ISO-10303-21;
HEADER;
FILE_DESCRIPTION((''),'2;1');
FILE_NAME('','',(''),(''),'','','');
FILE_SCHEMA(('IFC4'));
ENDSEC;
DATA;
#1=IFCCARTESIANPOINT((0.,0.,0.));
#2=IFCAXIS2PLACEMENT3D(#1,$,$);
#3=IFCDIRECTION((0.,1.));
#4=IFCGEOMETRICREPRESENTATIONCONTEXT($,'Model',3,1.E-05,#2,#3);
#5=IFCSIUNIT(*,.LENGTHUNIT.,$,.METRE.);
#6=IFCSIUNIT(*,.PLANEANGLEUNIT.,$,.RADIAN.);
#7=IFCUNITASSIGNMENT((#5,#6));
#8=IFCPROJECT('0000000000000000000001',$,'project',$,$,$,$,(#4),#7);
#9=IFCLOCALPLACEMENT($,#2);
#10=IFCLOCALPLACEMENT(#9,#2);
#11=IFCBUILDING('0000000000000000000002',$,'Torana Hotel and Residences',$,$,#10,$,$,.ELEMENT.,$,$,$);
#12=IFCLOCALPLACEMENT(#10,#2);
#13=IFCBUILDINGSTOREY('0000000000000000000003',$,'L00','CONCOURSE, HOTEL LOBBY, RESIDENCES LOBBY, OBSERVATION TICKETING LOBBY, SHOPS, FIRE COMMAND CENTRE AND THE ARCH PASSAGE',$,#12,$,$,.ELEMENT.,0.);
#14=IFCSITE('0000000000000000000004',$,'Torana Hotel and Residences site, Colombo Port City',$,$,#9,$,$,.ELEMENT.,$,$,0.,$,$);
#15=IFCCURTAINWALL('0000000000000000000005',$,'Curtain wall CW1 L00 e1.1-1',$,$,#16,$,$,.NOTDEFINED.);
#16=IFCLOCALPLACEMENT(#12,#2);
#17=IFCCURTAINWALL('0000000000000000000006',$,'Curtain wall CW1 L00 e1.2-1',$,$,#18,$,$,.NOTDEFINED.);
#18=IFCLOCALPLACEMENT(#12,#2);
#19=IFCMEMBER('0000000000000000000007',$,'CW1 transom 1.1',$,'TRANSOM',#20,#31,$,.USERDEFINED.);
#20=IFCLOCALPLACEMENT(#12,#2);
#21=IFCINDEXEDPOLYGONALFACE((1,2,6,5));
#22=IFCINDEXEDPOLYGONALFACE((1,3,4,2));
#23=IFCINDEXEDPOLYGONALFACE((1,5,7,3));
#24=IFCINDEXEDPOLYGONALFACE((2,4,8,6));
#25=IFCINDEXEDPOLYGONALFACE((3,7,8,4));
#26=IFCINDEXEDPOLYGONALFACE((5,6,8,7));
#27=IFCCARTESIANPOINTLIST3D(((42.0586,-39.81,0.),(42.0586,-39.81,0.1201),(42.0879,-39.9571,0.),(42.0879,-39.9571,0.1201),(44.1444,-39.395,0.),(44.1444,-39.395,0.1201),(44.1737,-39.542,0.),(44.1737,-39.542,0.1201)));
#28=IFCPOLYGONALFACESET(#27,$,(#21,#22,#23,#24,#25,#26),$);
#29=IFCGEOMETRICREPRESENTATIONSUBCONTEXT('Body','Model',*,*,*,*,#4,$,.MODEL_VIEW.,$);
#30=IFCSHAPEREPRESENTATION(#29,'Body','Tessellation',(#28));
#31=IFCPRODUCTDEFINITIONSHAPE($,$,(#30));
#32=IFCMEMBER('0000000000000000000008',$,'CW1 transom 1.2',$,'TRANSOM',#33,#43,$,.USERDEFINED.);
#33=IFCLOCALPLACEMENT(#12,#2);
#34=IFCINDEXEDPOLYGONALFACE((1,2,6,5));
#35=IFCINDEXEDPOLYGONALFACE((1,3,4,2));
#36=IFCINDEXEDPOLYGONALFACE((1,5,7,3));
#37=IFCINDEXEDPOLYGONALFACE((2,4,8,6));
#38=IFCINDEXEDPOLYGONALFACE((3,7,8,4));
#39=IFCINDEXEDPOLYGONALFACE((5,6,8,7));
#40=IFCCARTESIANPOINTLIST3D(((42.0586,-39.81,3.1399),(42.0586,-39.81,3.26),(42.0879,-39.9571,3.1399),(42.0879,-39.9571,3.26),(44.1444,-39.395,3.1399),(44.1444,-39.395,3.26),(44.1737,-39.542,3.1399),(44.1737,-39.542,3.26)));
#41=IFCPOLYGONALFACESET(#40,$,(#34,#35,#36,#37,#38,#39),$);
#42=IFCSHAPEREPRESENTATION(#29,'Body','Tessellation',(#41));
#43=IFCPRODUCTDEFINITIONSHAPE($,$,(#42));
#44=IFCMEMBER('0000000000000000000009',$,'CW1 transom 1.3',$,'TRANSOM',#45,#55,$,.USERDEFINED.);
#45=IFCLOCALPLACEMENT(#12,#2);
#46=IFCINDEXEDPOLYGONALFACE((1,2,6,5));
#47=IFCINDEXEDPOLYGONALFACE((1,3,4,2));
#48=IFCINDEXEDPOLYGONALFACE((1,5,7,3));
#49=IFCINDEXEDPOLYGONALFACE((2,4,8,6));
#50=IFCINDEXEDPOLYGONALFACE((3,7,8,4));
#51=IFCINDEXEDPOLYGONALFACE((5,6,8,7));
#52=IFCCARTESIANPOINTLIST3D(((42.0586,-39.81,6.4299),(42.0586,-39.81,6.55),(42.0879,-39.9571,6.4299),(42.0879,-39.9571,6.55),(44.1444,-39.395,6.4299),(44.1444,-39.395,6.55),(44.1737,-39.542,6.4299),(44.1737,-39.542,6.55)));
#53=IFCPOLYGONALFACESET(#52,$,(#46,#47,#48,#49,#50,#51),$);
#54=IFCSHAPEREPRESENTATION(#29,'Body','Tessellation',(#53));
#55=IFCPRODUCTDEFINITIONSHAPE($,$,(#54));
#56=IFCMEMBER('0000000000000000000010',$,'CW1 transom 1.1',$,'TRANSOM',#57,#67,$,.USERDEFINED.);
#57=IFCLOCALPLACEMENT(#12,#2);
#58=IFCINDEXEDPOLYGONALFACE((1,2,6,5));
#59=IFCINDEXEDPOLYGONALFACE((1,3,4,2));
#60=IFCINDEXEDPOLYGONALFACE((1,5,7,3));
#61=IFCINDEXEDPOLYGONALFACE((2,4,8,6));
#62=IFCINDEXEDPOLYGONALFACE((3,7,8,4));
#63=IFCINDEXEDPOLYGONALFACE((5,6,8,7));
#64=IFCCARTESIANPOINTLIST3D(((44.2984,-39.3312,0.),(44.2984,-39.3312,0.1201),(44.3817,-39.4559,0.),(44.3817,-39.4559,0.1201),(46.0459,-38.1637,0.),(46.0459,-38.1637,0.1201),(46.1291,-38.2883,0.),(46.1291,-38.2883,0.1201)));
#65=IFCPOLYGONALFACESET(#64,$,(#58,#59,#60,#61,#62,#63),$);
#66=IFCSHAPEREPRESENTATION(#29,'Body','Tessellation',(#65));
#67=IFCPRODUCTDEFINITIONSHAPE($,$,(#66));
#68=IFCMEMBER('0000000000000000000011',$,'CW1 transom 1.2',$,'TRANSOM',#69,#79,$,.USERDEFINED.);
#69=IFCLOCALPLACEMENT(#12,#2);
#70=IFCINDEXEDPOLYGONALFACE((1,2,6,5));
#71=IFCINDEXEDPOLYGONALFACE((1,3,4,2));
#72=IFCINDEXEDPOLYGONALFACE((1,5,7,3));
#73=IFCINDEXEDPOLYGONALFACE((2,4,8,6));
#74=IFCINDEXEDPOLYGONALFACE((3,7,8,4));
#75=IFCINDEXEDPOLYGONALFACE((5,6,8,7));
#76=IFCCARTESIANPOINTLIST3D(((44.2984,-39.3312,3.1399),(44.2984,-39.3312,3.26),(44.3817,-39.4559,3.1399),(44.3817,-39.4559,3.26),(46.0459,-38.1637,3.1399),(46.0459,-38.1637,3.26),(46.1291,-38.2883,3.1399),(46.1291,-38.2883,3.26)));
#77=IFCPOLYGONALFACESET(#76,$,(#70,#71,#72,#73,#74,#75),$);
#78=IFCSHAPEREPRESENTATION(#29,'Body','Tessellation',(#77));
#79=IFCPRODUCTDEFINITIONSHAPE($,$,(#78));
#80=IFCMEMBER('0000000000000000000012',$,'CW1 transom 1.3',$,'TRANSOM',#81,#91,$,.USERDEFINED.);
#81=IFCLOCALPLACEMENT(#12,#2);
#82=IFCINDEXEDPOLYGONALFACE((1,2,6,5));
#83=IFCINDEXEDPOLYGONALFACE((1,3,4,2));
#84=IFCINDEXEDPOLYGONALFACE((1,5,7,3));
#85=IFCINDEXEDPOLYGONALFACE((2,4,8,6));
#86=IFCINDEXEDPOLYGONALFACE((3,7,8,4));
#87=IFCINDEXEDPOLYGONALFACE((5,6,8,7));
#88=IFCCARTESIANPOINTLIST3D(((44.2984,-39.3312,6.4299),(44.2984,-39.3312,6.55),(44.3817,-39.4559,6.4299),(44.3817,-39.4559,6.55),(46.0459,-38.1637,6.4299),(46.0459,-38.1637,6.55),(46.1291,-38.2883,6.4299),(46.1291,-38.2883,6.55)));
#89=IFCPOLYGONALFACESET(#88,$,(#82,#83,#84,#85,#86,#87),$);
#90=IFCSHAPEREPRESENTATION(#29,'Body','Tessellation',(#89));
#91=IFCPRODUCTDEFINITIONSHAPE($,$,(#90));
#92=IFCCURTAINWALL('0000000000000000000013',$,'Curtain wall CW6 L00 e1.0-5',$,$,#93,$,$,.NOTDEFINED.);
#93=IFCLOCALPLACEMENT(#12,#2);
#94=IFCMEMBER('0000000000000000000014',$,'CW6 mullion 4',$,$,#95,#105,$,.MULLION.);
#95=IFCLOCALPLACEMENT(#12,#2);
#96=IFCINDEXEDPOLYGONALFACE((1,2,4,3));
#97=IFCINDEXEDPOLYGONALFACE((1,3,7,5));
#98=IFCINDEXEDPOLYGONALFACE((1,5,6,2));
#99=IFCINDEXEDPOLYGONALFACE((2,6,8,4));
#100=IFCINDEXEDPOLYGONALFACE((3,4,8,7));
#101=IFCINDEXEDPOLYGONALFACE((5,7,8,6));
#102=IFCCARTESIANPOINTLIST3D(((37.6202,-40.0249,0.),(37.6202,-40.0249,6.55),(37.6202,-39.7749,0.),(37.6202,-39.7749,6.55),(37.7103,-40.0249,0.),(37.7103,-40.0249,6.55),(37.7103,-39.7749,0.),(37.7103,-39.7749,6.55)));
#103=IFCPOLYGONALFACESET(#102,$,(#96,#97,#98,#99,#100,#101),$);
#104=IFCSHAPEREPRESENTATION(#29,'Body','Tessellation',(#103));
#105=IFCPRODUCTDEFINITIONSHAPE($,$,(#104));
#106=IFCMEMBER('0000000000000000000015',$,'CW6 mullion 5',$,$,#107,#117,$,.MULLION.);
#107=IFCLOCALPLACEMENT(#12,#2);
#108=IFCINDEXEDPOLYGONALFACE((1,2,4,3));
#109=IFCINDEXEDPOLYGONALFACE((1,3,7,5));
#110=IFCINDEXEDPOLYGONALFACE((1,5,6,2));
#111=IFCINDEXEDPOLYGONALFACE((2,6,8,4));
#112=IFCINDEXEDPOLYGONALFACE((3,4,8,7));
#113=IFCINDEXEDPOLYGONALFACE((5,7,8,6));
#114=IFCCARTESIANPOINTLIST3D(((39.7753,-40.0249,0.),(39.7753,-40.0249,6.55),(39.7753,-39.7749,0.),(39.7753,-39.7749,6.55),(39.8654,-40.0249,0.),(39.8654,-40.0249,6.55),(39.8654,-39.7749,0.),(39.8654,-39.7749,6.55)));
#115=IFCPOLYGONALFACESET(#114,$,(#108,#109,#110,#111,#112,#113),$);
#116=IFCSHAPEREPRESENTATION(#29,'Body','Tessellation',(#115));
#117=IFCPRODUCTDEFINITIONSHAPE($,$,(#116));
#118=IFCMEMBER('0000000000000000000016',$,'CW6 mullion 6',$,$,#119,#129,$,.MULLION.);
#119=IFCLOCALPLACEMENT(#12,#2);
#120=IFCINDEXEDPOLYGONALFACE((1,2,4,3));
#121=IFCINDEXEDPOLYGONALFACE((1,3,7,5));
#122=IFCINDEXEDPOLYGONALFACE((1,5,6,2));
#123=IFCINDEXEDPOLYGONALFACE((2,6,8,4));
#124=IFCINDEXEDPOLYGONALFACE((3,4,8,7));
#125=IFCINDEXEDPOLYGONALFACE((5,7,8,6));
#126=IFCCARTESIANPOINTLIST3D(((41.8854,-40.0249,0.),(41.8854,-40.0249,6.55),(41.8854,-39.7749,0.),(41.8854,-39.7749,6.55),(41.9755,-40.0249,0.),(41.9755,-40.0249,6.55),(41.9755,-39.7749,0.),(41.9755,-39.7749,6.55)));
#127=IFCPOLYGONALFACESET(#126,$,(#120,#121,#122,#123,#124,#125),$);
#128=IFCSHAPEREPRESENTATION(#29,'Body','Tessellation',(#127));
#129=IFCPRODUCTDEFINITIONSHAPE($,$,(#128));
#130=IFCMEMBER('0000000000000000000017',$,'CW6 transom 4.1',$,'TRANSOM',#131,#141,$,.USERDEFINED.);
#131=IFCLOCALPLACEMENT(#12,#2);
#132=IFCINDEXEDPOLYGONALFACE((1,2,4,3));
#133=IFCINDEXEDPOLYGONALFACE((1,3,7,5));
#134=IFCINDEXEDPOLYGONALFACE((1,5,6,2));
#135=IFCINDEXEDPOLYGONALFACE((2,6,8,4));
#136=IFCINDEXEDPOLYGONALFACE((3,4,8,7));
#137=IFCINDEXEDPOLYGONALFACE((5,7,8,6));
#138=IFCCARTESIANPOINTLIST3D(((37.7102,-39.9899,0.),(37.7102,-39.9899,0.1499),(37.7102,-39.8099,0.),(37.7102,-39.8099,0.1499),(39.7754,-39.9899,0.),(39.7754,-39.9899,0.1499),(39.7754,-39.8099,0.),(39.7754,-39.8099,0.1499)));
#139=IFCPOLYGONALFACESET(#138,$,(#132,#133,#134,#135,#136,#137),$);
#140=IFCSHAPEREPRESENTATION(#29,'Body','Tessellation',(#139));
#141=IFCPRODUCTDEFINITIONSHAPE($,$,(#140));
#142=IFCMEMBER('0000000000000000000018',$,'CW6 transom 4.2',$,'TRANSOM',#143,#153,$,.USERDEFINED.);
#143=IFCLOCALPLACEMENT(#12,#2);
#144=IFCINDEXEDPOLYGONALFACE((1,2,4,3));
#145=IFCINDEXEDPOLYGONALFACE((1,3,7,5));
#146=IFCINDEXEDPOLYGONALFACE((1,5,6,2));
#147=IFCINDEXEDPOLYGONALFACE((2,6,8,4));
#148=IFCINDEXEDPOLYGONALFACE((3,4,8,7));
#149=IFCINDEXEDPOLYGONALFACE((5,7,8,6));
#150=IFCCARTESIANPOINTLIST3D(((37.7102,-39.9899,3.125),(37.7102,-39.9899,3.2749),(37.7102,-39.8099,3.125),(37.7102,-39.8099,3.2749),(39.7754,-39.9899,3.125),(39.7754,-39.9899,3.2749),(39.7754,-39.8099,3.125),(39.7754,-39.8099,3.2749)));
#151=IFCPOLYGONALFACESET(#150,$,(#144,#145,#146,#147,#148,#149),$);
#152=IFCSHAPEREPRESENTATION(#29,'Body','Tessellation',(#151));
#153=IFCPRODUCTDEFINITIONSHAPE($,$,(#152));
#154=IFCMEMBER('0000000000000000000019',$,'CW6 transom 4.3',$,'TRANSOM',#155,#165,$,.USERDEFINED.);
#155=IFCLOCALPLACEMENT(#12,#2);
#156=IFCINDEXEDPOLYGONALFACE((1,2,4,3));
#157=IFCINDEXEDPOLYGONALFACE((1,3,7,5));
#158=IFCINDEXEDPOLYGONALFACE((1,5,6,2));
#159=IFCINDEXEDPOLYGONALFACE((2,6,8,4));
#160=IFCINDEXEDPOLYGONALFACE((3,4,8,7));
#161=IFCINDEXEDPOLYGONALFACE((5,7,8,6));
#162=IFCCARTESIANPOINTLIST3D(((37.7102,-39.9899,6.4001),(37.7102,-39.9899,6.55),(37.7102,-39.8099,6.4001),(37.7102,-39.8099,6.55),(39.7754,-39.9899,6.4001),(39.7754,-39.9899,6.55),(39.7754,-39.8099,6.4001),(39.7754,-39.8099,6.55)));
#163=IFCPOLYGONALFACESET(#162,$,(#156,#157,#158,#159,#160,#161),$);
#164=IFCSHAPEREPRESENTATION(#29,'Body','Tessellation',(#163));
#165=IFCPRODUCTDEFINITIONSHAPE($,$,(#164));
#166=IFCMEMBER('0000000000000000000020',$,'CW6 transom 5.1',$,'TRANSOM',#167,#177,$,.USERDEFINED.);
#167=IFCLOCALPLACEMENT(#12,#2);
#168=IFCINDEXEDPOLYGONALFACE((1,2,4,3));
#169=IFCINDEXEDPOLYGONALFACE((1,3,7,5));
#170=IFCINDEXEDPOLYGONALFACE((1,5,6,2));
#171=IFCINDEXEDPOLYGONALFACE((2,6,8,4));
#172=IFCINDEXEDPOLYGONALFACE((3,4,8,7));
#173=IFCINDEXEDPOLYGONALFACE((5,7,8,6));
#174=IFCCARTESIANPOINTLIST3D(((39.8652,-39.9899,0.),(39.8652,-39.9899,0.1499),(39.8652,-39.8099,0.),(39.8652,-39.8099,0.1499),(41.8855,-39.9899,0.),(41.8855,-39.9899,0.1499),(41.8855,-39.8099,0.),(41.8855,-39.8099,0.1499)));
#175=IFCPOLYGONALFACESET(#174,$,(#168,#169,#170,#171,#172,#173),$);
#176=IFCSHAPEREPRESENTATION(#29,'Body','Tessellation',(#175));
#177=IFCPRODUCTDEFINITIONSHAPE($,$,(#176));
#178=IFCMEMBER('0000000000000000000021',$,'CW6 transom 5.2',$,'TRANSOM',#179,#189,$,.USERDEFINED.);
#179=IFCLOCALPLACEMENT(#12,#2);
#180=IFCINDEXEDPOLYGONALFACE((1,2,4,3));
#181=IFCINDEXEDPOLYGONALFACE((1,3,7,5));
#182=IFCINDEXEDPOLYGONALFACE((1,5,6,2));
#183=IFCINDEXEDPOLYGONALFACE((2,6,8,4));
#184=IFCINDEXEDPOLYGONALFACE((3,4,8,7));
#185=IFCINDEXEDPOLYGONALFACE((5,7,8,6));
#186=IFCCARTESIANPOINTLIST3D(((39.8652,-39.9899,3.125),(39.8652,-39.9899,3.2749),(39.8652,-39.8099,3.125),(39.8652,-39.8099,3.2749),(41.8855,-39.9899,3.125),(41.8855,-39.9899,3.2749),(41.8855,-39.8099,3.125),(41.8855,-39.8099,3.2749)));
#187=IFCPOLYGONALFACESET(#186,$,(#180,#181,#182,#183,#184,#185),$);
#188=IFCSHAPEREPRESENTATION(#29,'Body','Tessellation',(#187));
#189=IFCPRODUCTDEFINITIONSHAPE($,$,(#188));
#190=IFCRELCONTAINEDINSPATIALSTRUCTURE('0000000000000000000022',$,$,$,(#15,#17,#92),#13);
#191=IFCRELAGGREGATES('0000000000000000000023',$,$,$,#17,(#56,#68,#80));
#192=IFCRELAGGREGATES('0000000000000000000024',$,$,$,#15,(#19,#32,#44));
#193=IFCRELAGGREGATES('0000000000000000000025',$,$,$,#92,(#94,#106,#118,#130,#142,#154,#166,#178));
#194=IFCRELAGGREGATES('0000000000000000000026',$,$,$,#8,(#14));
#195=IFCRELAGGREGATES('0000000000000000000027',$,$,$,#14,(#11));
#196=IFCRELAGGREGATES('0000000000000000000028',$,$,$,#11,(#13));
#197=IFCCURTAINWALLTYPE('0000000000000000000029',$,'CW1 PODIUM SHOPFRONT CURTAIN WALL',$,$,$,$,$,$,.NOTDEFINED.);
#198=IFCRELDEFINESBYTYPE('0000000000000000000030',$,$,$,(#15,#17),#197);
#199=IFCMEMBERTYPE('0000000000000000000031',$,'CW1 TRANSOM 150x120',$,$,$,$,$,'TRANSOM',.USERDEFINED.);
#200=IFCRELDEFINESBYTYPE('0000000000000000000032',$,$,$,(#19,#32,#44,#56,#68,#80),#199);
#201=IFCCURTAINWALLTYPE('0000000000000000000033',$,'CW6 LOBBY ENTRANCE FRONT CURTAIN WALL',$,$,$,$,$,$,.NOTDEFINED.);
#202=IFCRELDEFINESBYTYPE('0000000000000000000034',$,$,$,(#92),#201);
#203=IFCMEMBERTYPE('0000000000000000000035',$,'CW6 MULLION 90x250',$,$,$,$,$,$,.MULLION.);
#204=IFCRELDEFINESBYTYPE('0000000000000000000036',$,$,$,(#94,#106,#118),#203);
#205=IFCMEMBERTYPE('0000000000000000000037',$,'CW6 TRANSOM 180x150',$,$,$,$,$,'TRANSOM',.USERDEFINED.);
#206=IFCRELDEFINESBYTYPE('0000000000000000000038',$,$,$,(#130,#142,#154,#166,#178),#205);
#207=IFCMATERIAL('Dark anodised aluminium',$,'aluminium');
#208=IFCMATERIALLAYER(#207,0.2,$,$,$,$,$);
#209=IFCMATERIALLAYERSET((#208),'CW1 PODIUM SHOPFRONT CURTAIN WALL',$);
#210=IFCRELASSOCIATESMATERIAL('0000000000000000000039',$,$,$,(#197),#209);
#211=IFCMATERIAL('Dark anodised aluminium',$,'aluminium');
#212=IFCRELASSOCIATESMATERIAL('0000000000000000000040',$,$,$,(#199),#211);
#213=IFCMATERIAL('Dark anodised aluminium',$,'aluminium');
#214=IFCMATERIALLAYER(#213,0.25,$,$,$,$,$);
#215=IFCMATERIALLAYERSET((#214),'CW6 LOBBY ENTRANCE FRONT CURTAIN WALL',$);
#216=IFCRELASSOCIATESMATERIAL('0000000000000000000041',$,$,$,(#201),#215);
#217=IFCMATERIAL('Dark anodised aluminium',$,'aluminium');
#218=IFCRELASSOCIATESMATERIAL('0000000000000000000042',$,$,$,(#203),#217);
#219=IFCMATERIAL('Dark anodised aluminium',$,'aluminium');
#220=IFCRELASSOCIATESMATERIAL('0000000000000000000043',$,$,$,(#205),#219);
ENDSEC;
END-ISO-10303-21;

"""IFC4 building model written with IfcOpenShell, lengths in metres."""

from ifc_helpers import new_model, si_unit, direction, frame, origin, origin_2d, place, context, subcontext, project, spatial, rectangle, extrude, material, layer, layer_set, material_profile, profile_set, type_object, element, aggregate, save


model = new_model("IFC4")

# Units and contexts
model_context = context("Model", 3, precision=1e-05, world=origin(), true_north=direction((0.0, 1.0)))
body_context = subcontext(model_context, "Body", "Model", "MODEL_VIEW")
ifc_project = project(units=[si_unit("LENGTHUNIT", "METRE"), si_unit("PLANEANGLEUNIT", "RADIAN")], contexts=[model_context])

# Site, building, storey
site_placement = place(None, origin())
site = spatial("IfcSite", under=ifc_project, at=site_placement, Name="Torana Hotel and Residences site, Colombo Port City", CompositionType="ELEMENT", RefElevation=0.0)
building_placement = place(site_placement, origin())
building = spatial("IfcBuilding", under=site, at=building_placement, Name="Torana Hotel and Residences", CompositionType="ELEMENT")
storey_placement = place(building_placement, origin())
storey = spatial("IfcBuildingStorey", under=building, at=storey_placement, Name="L00", Description="CONCOURSE, HOTEL LOBBY, RESIDENCES LOBBY, OBSERVATION TICKETING LOBBY, SHOPS, FIRE COMMAND CENTRE AND THE ARCH PASSAGE", CompositionType="ELEMENT", Elevation=0.0)

# Curtain wall
ifc_material_1 = material(Name="Dark anodised aluminium", Category="aluminium")
ifc_layer_1 = layer(ifc_material_1, 0.2)
ifc_layer_set_1 = layer_set([ifc_layer_1], Name="CW1 PODIUM SHOPFRONT CURTAIN WALL")
curtain_wall_type_1 = type_object("IfcCurtainWallType", Name="CW1 PODIUM SHOPFRONT CURTAIN WALL", PredefinedType="NOTDEFINED", material=ifc_layer_set_1)
curtain_wall_1_placement = place(storey_placement, origin())
curtain_wall_1 = element("IfcCurtainWall", 1, at=curtain_wall_1_placement, inside=storey, type_object=curtain_wall_type_1, Name="Curtain wall CW1 L00 e1.1-1", PredefinedType="NOTDEFINED")

# Curtain wall
curtain_wall_2_placement = place(storey_placement, origin())
curtain_wall_2 = element("IfcCurtainWall", 2, at=curtain_wall_2_placement, inside=storey, type_object=curtain_wall_type_1, Name="Curtain wall CW1 L00 e1.2-1", PredefinedType="NOTDEFINED")

# Members
ifc_material_2 = material(Name="Dark anodised aluminium", Category="aluminium")
ifc_material_profile_1 = material_profile(ifc_material_2, rectangle(XDim=0.1499, YDim=0.1201, at=origin_2d()), Name="CW1 TRANSOM 150x120")
ifc_profile_set_1 = profile_set([ifc_material_profile_1], Name="Dark anodised aluminium")
member_type_1 = type_object("IfcMemberType", Name="CW1 TRANSOM 150x120", ElementType="TRANSOM", PredefinedType="USERDEFINED", material=ifc_profile_set_1)
member_1_placement = place(storey_placement, frame((42.0732, -39.8835, 0.0601), z_axis=(0.980774, 0.195145, 0.0), x_axis=(-0.195145, 0.980774, 0.0)))
member_1 = element("IfcMember", 3, at=member_1_placement, type_object=member_type_1, Name="CW1 transom 1.1", ObjectType="TRANSOM", PredefinedType="USERDEFINED", context=body_context, shape_type="SweptSolid", body=[
    extrude(rectangle(XDim=0.1499, YDim=0.1201, at=origin_2d()), origin(), (0.0, 0.0, 1.0), 2.1267),
])
member_2_placement = place(storey_placement, frame((42.0732, -39.8835, 3.2), z_axis=(0.980774, 0.195145, 0.0), x_axis=(-0.195145, 0.980774, 0.0)))
member_2 = element("IfcMember", 4, at=member_2_placement, type_object=member_type_1, Name="CW1 transom 1.2", ObjectType="TRANSOM", PredefinedType="USERDEFINED", context=body_context, shape_type="SweptSolid", body=[
    extrude(rectangle(XDim=0.1499, YDim=0.1201, at=origin_2d()), origin(), (0.0, 0.0, 1.0), 2.1267),
])
member_3_placement = place(storey_placement, frame((42.0732, -39.8835, 6.49), z_axis=(0.980774, 0.195145, 0.0), x_axis=(-0.195145, 0.980774, 0.0)))
member_3 = element("IfcMember", 5, at=member_3_placement, type_object=member_type_1, Name="CW1 transom 1.3", ObjectType="TRANSOM", PredefinedType="USERDEFINED", context=body_context, shape_type="SweptSolid", body=[
    extrude(rectangle(XDim=0.1499, YDim=0.1201, at=origin_2d()), origin(), (0.0, 0.0, 1.0), 2.1267),
])
member_4_placement = place(storey_placement, frame((44.3401, -39.3936, 0.0601), z_axis=(0.831478, 0.555558, 0.0), x_axis=(-0.555558, 0.831478, 0.0)))
member_4 = element("IfcMember", 6, at=member_4_placement, type_object=member_type_1, Name="CW1 transom 1.1", ObjectType="TRANSOM", PredefinedType="USERDEFINED", context=body_context, shape_type="SweptSolid", body=[
    extrude(rectangle(XDim=0.1499, YDim=0.1201, at=origin_2d()), origin(), (0.0, 0.0, 1.0), 2.1016),
])
member_5_placement = place(storey_placement, frame((44.3401, -39.3936, 3.2), z_axis=(0.831478, 0.555558, 0.0), x_axis=(-0.555558, 0.831478, 0.0)))
member_5 = element("IfcMember", 7, at=member_5_placement, type_object=member_type_1, Name="CW1 transom 1.2", ObjectType="TRANSOM", PredefinedType="USERDEFINED", context=body_context, shape_type="SweptSolid", body=[
    extrude(rectangle(XDim=0.1499, YDim=0.1201, at=origin_2d()), origin(), (0.0, 0.0, 1.0), 2.1016),
])
member_6_placement = place(storey_placement, frame((44.3401, -39.3936, 6.49), z_axis=(0.831478, 0.555558, 0.0), x_axis=(-0.555558, 0.831478, 0.0)))
member_6 = element("IfcMember", 8, at=member_6_placement, type_object=member_type_1, Name="CW1 transom 1.3", ObjectType="TRANSOM", PredefinedType="USERDEFINED", context=body_context, shape_type="SweptSolid", body=[
    extrude(rectangle(XDim=0.1499, YDim=0.1201, at=origin_2d()), origin(), (0.0, 0.0, 1.0), 2.1016),
])
aggregate(curtain_wall_2, [member_4, member_5, member_6])

# Curtain wall, members
ifc_material_3 = material(Name="Dark anodised aluminium", Category="aluminium")
ifc_layer_2 = layer(ifc_material_3, 0.25)
ifc_layer_set_2 = layer_set([ifc_layer_2], Name="CW6 LOBBY ENTRANCE FRONT CURTAIN WALL")
curtain_wall_type_2 = type_object("IfcCurtainWallType", Name="CW6 LOBBY ENTRANCE FRONT CURTAIN WALL", PredefinedType="NOTDEFINED", material=ifc_layer_set_2)
curtain_wall_3_placement = place(storey_placement, origin())
curtain_wall_3 = element("IfcCurtainWall", 9, at=curtain_wall_3_placement, inside=storey, type_object=curtain_wall_type_2, Name="Curtain wall CW6 L00 e1.0-5", PredefinedType="NOTDEFINED")
ifc_material_4 = material(Name="Dark anodised aluminium", Category="aluminium")
ifc_material_profile_2 = material_profile(ifc_material_4, rectangle(XDim=0.25, YDim=0.0901, at=origin_2d()), Name="CW6 MULLION 90x250")
ifc_profile_set_2 = profile_set([ifc_material_profile_2], Name="Dark anodised aluminium")
member_type_2 = type_object("IfcMemberType", Name="CW6 MULLION 90x250", PredefinedType="MULLION", material=ifc_profile_set_2)
member_7_placement = place(storey_placement, frame((37.6653, -39.8999, 0.0), z_axis=(0.0, 0.0, 1.0), x_axis=(0.0, 1.0, 0.0)))
member_7 = element("IfcMember", 10, at=member_7_placement, type_object=member_type_2, Name="CW6 mullion 4", PredefinedType="MULLION", context=body_context, shape_type="SweptSolid", body=[
    extrude(rectangle(XDim=0.25, YDim=0.0901, at=origin_2d()), origin(), (0.0, 0.0, 1.0), 6.55),
])
member_8_placement = place(storey_placement, frame((39.8203, -39.8999, 0.0), z_axis=(0.0, 0.0, 1.0), x_axis=(0.0, 1.0, 0.0)))
member_8 = element("IfcMember", 11, at=member_8_placement, type_object=member_type_2, Name="CW6 mullion 5", PredefinedType="MULLION", context=body_context, shape_type="SweptSolid", body=[
    extrude(rectangle(XDim=0.25, YDim=0.0901, at=origin_2d()), origin(), (0.0, 0.0, 1.0), 6.55),
])
member_9_placement = place(storey_placement, frame((41.9304, -39.8999, 0.0), z_axis=(0.0, 0.0, 1.0), x_axis=(0.0, 1.0, 0.0)))
member_9 = element("IfcMember", 12, at=member_9_placement, type_object=member_type_2, Name="CW6 mullion 6", PredefinedType="MULLION", context=body_context, shape_type="SweptSolid", body=[
    extrude(rectangle(XDim=0.25, YDim=0.0901, at=origin_2d()), origin(), (0.0, 0.0, 1.0), 6.55),
])
ifc_material_5 = material(Name="Dark anodised aluminium", Category="aluminium")
ifc_material_profile_3 = material_profile(ifc_material_5, rectangle(XDim=0.1799, YDim=0.1499, at=origin_2d()), Name="CW6 TRANSOM 180x150")
ifc_profile_set_3 = profile_set([ifc_material_profile_3], Name="Dark anodised aluminium")
member_type_3 = type_object("IfcMemberType", Name="CW6 TRANSOM 180x150", ElementType="TRANSOM", PredefinedType="USERDEFINED", material=ifc_profile_set_3)
member_10_placement = place(storey_placement, frame((37.7102, -39.8999, 0.075), z_axis=(1.0, 0.0, 0.0), x_axis=(0.0, 1.0, 0.0)))
member_10 = element("IfcMember", 13, at=member_10_placement, type_object=member_type_3, Name="CW6 transom 4.1", ObjectType="TRANSOM", PredefinedType="USERDEFINED", context=body_context, shape_type="SweptSolid", body=[
    extrude(rectangle(XDim=0.1799, YDim=0.1499, at=origin_2d()), origin(), (0.0, 0.0, 1.0), 2.0652),
])
member_11_placement = place(storey_placement, frame((37.7102, -39.8999, 3.2), z_axis=(1.0, 0.0, 0.0), x_axis=(0.0, 1.0, 0.0)))
member_11 = element("IfcMember", 14, at=member_11_placement, type_object=member_type_3, Name="CW6 transom 4.2", ObjectType="TRANSOM", PredefinedType="USERDEFINED", context=body_context, shape_type="SweptSolid", body=[
    extrude(rectangle(XDim=0.1799, YDim=0.1499, at=origin_2d()), origin(), (0.0, 0.0, 1.0), 2.0652),
])
member_12_placement = place(storey_placement, frame((37.7102, -39.8999, 6.4751), z_axis=(1.0, 0.0, 0.0), x_axis=(0.0, 1.0, 0.0)))
member_12 = element("IfcMember", 15, at=member_12_placement, type_object=member_type_3, Name="CW6 transom 4.3", ObjectType="TRANSOM", PredefinedType="USERDEFINED", context=body_context, shape_type="SweptSolid", body=[
    extrude(rectangle(XDim=0.1799, YDim=0.1499, at=origin_2d()), origin(), (0.0, 0.0, 1.0), 2.0652),
])
member_13_placement = place(storey_placement, frame((39.8652, -39.8999, 0.075), z_axis=(1.0, 0.0, 0.0), x_axis=(0.0, 1.0, 0.0)))
member_13 = element("IfcMember", 16, at=member_13_placement, type_object=member_type_3, Name="CW6 transom 5.1", ObjectType="TRANSOM", PredefinedType="USERDEFINED", context=body_context, shape_type="SweptSolid", body=[
    extrude(rectangle(XDim=0.1799, YDim=0.1499, at=origin_2d()), origin(), (0.0, 0.0, 1.0), 2.0203),
])
member_14_placement = place(storey_placement, frame((39.8652, -39.8999, 3.2), z_axis=(1.0, 0.0, 0.0), x_axis=(0.0, 1.0, 0.0)))
member_14 = element("IfcMember", 17, at=member_14_placement, type_object=member_type_3, Name="CW6 transom 5.2", ObjectType="TRANSOM", PredefinedType="USERDEFINED", context=body_context, shape_type="SweptSolid", body=[
    extrude(rectangle(XDim=0.1799, YDim=0.1499, at=origin_2d()), origin(), (0.0, 0.0, 1.0), 2.0203),
])

aggregate(curtain_wall_1, [member_1, member_2, member_3])
aggregate(curtain_wall_3, [member_7, member_8, member_9, member_10, member_11, member_12, member_13, member_14])

save(model, "model.ifc")
